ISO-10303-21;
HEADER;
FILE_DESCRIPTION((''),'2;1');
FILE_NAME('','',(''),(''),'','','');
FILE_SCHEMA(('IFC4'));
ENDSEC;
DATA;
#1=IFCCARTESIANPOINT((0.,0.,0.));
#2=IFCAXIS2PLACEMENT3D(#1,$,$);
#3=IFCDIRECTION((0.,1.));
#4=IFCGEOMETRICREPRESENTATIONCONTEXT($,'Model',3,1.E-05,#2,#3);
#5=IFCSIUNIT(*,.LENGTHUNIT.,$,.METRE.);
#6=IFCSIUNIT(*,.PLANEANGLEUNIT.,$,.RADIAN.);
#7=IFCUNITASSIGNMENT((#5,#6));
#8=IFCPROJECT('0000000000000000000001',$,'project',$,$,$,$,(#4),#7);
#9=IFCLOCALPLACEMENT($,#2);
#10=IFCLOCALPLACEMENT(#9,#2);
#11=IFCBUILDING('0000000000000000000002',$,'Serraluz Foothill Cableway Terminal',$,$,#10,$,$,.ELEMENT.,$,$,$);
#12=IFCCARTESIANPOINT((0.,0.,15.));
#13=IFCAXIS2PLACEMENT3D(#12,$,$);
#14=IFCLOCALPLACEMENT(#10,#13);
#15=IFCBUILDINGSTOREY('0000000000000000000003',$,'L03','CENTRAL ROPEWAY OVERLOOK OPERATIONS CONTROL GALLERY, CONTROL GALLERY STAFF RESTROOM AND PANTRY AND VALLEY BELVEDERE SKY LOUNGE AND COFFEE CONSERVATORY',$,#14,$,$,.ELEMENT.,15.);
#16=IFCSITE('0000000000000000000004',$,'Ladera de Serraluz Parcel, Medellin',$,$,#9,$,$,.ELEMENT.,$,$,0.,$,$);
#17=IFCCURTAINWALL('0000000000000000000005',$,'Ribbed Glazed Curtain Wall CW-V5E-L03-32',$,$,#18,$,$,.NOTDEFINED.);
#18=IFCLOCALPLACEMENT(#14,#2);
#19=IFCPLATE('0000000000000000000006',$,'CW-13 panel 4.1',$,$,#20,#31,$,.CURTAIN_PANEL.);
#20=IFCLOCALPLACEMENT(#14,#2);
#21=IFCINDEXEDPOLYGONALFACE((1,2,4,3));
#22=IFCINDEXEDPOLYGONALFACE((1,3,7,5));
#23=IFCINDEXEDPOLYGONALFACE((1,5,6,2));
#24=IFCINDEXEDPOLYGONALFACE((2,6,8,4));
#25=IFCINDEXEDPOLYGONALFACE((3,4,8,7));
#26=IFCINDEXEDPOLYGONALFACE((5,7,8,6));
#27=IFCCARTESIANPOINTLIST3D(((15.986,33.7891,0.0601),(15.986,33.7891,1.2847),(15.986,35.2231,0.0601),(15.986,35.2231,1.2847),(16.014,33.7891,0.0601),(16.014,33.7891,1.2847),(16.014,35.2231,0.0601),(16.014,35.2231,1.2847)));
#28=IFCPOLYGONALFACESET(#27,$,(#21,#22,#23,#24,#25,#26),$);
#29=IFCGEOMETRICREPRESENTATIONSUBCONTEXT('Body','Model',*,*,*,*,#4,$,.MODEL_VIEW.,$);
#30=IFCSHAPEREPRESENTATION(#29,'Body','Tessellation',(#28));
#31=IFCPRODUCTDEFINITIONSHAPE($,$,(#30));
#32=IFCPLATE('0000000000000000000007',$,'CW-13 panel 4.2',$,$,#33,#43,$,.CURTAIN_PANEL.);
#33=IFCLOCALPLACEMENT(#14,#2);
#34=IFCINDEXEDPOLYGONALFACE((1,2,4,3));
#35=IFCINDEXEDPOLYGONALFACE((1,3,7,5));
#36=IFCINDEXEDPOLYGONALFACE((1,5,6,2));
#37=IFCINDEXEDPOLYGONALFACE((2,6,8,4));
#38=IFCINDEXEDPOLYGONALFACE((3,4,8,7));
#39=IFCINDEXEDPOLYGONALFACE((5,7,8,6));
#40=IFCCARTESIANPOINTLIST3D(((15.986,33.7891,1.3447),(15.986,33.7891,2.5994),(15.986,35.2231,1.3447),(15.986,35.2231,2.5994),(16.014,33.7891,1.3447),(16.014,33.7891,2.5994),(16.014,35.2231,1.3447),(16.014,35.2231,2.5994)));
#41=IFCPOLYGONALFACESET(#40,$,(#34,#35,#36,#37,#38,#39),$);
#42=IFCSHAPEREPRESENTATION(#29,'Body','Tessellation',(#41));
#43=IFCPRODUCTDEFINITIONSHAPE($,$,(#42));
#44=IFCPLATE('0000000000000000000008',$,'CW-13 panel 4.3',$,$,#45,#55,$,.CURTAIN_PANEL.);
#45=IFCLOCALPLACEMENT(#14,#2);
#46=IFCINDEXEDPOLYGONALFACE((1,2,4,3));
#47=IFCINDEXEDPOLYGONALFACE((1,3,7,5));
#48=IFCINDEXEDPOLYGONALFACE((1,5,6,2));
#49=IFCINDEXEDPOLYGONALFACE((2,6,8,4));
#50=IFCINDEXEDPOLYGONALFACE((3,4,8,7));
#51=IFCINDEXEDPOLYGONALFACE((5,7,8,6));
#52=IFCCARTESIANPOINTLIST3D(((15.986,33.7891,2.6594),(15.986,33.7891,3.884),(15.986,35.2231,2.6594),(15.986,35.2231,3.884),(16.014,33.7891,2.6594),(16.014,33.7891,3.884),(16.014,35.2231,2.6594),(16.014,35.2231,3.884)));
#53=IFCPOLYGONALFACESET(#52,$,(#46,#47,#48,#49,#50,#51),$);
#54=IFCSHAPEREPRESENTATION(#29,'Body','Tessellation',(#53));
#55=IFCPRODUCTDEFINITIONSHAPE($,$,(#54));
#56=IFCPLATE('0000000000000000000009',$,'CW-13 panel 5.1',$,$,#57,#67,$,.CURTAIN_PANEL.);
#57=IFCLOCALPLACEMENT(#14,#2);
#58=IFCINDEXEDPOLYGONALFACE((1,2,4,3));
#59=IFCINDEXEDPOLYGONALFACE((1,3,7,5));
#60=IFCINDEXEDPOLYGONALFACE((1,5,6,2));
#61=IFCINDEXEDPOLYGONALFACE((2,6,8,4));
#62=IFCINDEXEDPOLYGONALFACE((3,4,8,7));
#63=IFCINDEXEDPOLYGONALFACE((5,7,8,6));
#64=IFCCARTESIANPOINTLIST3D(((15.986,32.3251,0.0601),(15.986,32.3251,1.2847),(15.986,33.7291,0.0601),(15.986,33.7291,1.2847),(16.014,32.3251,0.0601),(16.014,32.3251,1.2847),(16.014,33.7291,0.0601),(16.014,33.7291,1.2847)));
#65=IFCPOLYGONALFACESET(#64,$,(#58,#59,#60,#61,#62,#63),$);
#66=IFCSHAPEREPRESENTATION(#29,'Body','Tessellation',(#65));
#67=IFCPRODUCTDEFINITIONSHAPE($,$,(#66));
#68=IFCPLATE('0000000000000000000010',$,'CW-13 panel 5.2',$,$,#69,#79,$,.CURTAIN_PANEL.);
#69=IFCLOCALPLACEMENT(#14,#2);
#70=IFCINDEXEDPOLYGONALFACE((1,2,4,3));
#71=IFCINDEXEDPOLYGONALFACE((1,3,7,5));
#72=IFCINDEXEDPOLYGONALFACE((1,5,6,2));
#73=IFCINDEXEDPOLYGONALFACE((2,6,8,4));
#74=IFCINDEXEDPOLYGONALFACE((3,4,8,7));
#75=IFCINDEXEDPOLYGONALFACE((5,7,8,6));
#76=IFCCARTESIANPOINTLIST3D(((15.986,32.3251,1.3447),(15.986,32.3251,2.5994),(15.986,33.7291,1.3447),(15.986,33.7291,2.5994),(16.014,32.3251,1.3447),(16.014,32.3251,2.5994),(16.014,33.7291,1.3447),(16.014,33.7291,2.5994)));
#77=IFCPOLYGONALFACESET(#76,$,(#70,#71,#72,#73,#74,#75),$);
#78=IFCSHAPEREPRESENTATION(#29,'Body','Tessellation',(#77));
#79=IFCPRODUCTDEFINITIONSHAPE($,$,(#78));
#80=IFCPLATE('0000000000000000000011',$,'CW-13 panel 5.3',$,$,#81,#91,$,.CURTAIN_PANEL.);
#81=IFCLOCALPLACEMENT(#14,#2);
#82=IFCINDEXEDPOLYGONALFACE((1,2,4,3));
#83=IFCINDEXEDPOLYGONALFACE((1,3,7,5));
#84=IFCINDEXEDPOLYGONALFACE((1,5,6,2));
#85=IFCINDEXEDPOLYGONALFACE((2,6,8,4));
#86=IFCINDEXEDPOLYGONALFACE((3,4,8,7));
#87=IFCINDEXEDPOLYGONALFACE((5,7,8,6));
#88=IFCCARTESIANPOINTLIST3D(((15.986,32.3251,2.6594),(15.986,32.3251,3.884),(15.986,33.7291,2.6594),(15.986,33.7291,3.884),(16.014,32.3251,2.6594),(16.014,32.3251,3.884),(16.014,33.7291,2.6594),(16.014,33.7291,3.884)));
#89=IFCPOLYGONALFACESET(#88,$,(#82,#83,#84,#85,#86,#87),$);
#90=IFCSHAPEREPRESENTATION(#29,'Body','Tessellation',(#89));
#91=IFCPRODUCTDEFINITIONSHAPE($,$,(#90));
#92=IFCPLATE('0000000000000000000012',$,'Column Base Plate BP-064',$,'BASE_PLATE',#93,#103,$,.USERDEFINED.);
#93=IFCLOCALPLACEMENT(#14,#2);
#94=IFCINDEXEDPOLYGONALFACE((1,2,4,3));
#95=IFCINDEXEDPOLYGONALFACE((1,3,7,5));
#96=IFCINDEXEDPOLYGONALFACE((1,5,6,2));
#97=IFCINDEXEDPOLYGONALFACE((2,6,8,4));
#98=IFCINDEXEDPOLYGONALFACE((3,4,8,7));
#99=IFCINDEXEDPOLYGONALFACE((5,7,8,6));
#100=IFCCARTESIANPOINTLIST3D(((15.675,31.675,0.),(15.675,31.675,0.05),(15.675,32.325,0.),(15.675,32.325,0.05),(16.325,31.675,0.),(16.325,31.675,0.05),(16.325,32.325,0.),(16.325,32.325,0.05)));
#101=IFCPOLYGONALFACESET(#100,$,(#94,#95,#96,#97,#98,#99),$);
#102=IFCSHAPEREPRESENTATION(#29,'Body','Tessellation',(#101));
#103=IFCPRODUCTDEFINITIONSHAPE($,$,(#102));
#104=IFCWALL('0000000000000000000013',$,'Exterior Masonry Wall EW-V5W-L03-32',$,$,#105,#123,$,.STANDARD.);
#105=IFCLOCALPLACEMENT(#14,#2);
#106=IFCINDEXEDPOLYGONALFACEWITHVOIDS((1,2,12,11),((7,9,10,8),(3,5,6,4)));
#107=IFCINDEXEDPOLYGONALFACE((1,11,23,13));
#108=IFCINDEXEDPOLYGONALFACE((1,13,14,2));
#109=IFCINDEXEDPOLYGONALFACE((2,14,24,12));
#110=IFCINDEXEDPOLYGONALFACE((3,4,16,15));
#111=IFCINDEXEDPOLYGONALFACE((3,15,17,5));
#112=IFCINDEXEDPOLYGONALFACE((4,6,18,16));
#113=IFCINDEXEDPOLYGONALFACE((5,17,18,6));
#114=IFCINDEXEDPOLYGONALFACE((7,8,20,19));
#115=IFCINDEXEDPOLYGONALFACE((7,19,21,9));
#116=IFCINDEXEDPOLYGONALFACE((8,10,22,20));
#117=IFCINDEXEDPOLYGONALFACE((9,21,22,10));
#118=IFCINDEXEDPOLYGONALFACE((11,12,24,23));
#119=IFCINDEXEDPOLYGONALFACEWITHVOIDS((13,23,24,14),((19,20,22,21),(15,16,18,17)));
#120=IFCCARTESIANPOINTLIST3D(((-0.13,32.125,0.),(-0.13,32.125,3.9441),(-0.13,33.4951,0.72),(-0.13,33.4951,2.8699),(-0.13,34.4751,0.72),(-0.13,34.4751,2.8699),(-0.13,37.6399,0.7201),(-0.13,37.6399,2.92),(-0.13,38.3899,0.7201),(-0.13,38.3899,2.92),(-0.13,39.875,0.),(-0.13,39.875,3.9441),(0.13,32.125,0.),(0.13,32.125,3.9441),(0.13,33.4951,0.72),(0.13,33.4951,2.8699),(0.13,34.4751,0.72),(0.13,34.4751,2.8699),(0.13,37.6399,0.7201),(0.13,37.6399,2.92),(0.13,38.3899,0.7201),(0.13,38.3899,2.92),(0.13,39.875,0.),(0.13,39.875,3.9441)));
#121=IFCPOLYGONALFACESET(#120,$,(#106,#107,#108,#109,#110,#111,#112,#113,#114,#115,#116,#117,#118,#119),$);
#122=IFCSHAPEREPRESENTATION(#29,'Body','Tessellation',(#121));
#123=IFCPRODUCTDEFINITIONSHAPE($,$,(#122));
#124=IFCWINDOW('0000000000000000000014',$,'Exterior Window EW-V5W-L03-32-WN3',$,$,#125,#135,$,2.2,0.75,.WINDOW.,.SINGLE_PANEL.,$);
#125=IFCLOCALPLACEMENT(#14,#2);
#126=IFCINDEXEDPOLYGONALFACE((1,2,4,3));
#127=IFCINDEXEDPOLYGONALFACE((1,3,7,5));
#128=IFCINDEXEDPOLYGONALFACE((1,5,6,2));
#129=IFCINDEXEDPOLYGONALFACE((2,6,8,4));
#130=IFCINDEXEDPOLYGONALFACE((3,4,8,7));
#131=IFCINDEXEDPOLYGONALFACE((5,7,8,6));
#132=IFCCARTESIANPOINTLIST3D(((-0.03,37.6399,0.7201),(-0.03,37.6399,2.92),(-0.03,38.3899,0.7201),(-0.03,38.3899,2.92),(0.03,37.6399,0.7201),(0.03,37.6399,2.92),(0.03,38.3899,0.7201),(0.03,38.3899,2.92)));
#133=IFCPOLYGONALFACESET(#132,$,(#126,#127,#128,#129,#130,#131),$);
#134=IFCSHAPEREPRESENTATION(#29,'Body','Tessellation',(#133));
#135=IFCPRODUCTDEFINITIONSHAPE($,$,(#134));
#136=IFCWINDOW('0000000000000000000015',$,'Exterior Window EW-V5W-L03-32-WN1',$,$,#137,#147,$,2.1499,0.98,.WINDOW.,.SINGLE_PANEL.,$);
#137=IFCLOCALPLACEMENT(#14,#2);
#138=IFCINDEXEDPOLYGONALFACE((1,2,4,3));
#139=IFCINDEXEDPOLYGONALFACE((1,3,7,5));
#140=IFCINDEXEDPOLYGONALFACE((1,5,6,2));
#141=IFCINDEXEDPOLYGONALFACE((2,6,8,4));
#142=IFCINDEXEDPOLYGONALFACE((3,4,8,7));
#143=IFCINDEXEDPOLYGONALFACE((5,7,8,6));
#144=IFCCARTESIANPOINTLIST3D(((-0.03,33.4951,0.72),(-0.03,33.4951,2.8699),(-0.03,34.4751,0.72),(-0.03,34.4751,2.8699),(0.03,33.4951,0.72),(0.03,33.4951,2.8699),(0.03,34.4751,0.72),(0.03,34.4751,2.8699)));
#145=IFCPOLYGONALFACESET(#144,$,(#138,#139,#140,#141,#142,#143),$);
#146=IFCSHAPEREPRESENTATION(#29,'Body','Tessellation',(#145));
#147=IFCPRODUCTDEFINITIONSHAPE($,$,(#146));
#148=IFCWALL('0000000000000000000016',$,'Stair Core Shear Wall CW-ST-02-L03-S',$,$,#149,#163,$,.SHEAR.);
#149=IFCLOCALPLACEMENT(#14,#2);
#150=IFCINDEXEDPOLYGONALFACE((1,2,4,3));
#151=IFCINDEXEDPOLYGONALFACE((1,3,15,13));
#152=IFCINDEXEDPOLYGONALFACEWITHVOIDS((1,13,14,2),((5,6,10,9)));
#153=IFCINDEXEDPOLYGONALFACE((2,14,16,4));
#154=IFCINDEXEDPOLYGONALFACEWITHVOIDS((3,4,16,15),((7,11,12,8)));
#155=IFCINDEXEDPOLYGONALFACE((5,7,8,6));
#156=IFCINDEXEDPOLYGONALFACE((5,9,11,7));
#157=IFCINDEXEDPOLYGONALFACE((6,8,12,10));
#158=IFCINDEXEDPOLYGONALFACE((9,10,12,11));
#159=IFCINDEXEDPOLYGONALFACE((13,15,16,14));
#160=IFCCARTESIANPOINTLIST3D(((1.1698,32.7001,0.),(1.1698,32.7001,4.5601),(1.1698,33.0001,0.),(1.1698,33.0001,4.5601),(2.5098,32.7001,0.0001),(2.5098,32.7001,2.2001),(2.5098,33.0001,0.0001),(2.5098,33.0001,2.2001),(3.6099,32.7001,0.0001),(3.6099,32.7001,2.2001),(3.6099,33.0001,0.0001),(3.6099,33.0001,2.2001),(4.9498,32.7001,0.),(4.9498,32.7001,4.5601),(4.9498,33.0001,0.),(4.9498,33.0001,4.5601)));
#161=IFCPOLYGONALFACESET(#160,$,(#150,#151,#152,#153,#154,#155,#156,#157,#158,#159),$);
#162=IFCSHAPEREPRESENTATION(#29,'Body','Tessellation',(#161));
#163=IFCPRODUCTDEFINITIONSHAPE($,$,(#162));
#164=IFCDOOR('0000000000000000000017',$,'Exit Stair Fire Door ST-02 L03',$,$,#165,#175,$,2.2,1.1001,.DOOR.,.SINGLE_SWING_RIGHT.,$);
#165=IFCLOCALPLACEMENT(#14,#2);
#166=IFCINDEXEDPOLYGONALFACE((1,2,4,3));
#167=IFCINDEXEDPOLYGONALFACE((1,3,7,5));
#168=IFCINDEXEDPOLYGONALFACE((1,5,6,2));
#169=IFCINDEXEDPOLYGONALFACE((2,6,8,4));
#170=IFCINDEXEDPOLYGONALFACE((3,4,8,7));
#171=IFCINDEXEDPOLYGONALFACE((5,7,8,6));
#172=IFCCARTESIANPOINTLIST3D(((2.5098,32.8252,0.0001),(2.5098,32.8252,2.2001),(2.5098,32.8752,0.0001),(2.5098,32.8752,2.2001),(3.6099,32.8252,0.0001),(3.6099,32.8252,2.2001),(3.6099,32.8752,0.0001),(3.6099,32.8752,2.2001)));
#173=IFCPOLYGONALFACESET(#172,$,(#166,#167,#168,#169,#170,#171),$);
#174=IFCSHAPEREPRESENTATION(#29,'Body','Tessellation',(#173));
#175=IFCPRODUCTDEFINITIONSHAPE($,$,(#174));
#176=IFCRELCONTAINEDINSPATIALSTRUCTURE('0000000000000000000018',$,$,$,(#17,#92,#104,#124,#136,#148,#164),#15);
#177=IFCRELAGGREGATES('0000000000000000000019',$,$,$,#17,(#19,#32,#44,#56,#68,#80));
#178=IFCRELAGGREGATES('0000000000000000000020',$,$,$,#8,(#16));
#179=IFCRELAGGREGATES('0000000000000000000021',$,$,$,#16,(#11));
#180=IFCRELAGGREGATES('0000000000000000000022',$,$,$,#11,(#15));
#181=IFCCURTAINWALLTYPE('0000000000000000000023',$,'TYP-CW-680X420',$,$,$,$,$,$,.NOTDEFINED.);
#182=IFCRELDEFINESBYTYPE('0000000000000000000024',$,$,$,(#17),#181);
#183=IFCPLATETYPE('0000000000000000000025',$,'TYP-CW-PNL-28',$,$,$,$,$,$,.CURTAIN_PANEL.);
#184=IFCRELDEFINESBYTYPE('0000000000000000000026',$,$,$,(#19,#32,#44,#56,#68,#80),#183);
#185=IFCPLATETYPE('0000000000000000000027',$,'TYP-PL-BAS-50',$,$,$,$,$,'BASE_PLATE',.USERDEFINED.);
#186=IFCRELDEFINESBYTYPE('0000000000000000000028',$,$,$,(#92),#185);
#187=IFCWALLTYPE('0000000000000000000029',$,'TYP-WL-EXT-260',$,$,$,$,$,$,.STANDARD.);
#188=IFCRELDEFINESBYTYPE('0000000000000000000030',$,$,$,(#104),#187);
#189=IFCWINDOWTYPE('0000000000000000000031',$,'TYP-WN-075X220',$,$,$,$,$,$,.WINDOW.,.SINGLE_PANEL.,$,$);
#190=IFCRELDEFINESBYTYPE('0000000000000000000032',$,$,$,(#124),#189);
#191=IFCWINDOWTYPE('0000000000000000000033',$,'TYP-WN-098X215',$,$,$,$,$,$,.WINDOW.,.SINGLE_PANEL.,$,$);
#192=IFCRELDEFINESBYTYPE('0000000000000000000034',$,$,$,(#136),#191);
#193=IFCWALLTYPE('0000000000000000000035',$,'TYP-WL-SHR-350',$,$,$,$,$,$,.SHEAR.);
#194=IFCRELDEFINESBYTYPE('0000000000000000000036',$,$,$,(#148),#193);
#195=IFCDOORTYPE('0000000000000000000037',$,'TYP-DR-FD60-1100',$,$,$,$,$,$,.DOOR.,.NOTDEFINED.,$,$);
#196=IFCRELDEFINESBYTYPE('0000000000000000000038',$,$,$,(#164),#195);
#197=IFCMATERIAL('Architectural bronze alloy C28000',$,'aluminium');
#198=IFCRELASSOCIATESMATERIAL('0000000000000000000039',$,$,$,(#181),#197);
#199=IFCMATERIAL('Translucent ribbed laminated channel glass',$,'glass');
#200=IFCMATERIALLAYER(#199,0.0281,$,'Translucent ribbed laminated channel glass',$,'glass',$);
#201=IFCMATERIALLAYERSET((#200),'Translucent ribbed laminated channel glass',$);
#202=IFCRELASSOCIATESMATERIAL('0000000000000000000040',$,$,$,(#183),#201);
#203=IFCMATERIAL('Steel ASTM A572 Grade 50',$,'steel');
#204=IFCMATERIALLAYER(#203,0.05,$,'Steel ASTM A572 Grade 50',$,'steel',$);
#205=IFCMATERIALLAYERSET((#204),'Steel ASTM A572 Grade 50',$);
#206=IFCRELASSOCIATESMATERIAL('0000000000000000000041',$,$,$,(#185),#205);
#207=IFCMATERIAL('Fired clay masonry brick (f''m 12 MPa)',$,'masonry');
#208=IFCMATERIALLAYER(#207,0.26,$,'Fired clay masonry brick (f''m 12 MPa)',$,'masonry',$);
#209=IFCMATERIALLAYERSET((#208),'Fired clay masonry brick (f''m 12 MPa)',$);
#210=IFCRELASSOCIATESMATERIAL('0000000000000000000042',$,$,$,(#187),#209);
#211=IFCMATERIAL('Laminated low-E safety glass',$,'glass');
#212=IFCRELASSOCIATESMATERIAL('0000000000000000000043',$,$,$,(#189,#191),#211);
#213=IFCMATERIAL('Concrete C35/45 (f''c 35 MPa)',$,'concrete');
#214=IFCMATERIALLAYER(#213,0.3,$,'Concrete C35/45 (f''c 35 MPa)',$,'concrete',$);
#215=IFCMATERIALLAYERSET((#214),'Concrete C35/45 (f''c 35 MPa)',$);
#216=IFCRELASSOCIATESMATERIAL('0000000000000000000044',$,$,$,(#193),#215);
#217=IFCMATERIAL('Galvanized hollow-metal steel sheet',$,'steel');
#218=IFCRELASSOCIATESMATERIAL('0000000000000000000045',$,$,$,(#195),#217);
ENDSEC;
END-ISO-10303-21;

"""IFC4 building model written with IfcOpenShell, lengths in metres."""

from ifc_helpers import new_model, si_unit, direction, frame, frame_2d, origin, origin_2d, place, context, subcontext, project, spatial, rectangle, extrude, material, layer, layer_set, type_object, element, fill, aggregate, save


model = new_model("IFC4")

# Units and contexts
model_context = context("Model", 3, precision=1e-05, world=origin(), true_north=direction((0.0, 1.0)))
body_context = subcontext(model_context, "Body", "Model", "MODEL_VIEW")
ifc_project = project(units=[si_unit("LENGTHUNIT", "METRE"), si_unit("PLANEANGLEUNIT", "RADIAN")], contexts=[model_context])

# Site, building, storey
site_placement = place(None, origin())
site = spatial("IfcSite", under=ifc_project, at=site_placement, Name="Ladera de Serraluz Parcel, Medellin", CompositionType="ELEMENT", RefElevation=0.0)
building_placement = place(site_placement, origin())
building = spatial("IfcBuilding", under=site, at=building_placement, Name="Serraluz Foothill Cableway Terminal", CompositionType="ELEMENT")
storey_placement = place(building_placement, frame((0.0, 0.0, 15.0)))
storey = spatial("IfcBuildingStorey", under=building, at=storey_placement, Name="L03", Description="CENTRAL ROPEWAY OVERLOOK OPERATIONS CONTROL GALLERY, CONTROL GALLERY STAFF RESTROOM AND PANTRY AND VALLEY BELVEDERE SKY LOUNGE AND COFFEE CONSERVATORY", CompositionType="ELEMENT", Elevation=15.0)

# Shared definitions
ifc_material_1 = material(Name="Steel ASTM A572 Grade 50", Category="steel")

# Curtain wall, plates
ifc_material_2 = material(Name="Architectural bronze alloy C28000", Category="aluminium")
curtain_wall_type = type_object("IfcCurtainWallType", Name="TYP-CW-680X420", PredefinedType="NOTDEFINED", material=ifc_material_2)
curtain_wall_placement = place(storey_placement, origin())
curtain_wall = element("IfcCurtainWall", 1, at=curtain_wall_placement, inside=storey, type_object=curtain_wall_type, Name="Ribbed Glazed Curtain Wall CW-V5E-L03-32", PredefinedType="NOTDEFINED")
ifc_material_3 = material(Name="Translucent ribbed laminated channel glass", Category="glass")
ifc_layer_1 = layer(ifc_material_3, 0.0281, Name="Translucent ribbed laminated channel glass", Category="glass")
ifc_layer_set_1 = layer_set([ifc_layer_1], Name="Translucent ribbed laminated channel glass")
plate_type_1 = type_object("IfcPlateType", Name="TYP-CW-PNL-28", PredefinedType="CURTAIN_PANEL", material=ifc_layer_set_1)
plate_1_placement = place(storey_placement, frame((16.0, 34.5061, 0.0601), z_axis=(0.0, 0.0, 1.0), x_axis=(0.0, -1.0, 0.0)))
plate_1 = element("IfcPlate", 2, at=plate_1_placement, type_object=plate_type_1, Name="CW-13 panel 4.1", PredefinedType="CURTAIN_PANEL", context=body_context, shape_type="SweptSolid", body=[
    extrude(rectangle(XDim=1.4341, YDim=0.0281, at=origin_2d()), origin(), (0.0, 0.0, 1.0), 1.2246),
])
plate_2_placement = place(storey_placement, frame((16.0, 34.5061, 1.3447), z_axis=(0.0, 0.0, 1.0), x_axis=(0.0, -1.0, 0.0)))
plate_2 = element("IfcPlate", 3, at=plate_2_placement, type_object=plate_type_1, Name="CW-13 panel 4.2", PredefinedType="CURTAIN_PANEL", context=body_context, shape_type="SweptSolid", body=[
    extrude(rectangle(XDim=1.4341, YDim=0.0281, at=origin_2d()), origin(), (0.0, 0.0, 1.0), 1.2546),
])
plate_3_placement = place(storey_placement, frame((16.0, 34.5061, 2.6594), z_axis=(0.0, 0.0, 1.0), x_axis=(0.0, -1.0, 0.0)))
plate_3 = element("IfcPlate", 4, at=plate_3_placement, type_object=plate_type_1, Name="CW-13 panel 4.3", PredefinedType="CURTAIN_PANEL", context=body_context, shape_type="SweptSolid", body=[
    extrude(rectangle(XDim=1.4341, YDim=0.0281, at=origin_2d()), origin(), (0.0, 0.0, 1.0), 1.2246),
])
plate_4_placement = place(storey_placement, frame((16.0, 33.0271, 0.0601), z_axis=(0.0, 0.0, 1.0), x_axis=(0.0, -1.0, 0.0)))
plate_4 = element("IfcPlate", 5, at=plate_4_placement, type_object=plate_type_1, Name="CW-13 panel 5.1", PredefinedType="CURTAIN_PANEL", context=body_context, shape_type="SweptSolid", body=[
    extrude(rectangle(XDim=1.4041, YDim=0.0281, at=origin_2d()), origin(), (0.0, 0.0, 1.0), 1.2246),
])
plate_5_placement = place(storey_placement, frame((16.0, 33.0271, 1.3447), z_axis=(0.0, 0.0, 1.0), x_axis=(0.0, -1.0, 0.0)))
plate_5 = element("IfcPlate", 6, at=plate_5_placement, type_object=plate_type_1, Name="CW-13 panel 5.2", PredefinedType="CURTAIN_PANEL", context=body_context, shape_type="SweptSolid", body=[
    extrude(rectangle(XDim=1.4041, YDim=0.0281, at=origin_2d()), origin(), (0.0, 0.0, 1.0), 1.2546),
])
plate_6_placement = place(storey_placement, frame((16.0, 33.0271, 2.6594), z_axis=(0.0, 0.0, 1.0), x_axis=(0.0, -1.0, 0.0)))
plate_6 = element("IfcPlate", 7, at=plate_6_placement, type_object=plate_type_1, Name="CW-13 panel 5.3", PredefinedType="CURTAIN_PANEL", context=body_context, shape_type="SweptSolid", body=[
    extrude(rectangle(XDim=1.4041, YDim=0.0281, at=origin_2d()), origin(), (0.0, 0.0, 1.0), 1.2246),
])
aggregate(curtain_wall, [plate_1, plate_2, plate_3, plate_4, plate_5, plate_6])

# Plate
ifc_layer_2 = layer(ifc_material_1, 0.05, Name="Steel ASTM A572 Grade 50", Category="steel")
ifc_layer_set_2 = layer_set([ifc_layer_2], Name="Steel ASTM A572 Grade 50")
plate_type_2 = type_object("IfcPlateType", Name="TYP-PL-BAS-50", ElementType="BASE_PLATE", PredefinedType="USERDEFINED", material=ifc_layer_set_2)
plate_7_placement = place(storey_placement, frame((16.0, 32.0, 0.0), z_axis=(0.0, 0.0, 1.0), x_axis=(1.0, 0.0, 0.0)))
element("IfcPlate", 8, at=plate_7_placement, inside=storey, type_object=plate_type_2, Name="Column Base Plate BP-064", ObjectType="BASE_PLATE", PredefinedType="USERDEFINED", context=body_context, shape_type="SweptSolid", body=[
    extrude(rectangle(XDim=0.6499, YDim=0.6499, at=origin_2d()), origin(), (0.0, 0.0, 1.0), 0.05),
])

# Wall, openings, windows
ifc_material_4 = material(Name="Fired clay masonry brick (f'm 12 MPa)", Category="masonry")
ifc_layer_3 = layer(ifc_material_4, 0.26, Name="Fired clay masonry brick (f'm 12 MPa)", Category="masonry")
ifc_layer_set_3 = layer_set([ifc_layer_3], Name="Fired clay masonry brick (f'm 12 MPa)")
wall_type_1 = type_object("IfcWallType", Name="TYP-WL-EXT-260", PredefinedType="STANDARD", material=ifc_layer_set_3)
wall_1_placement = place(storey_placement, frame((0.0, 32.125, 0.0), z_axis=(0.0, 0.0, 1.0), x_axis=(0.0, 1.0, 0.0)))
wall_1 = element("IfcWall", 9, at=wall_1_placement, inside=storey, type_object=wall_type_1, Name="Exterior Masonry Wall EW-V5W-L03-32", PredefinedType="STANDARD", context=body_context, shape_type="SweptSolid", body=[
    extrude(rectangle(XDim=7.75, YDim=0.26, at=frame_2d((3.875, 0.0))), origin(), (0.0, 0.0, 1.0), 3.9441),
])
opening_1_placement = place(wall_1_placement, frame((1.3701, 0.0, 0.72)))
opening_1 = element("IfcOpeningElement", 10, at=opening_1_placement, cuts=wall_1, PredefinedType="OPENING", context=body_context, shape_type="SweptSolid", body=[
    extrude(rectangle(XDim=0.98, YDim=2.1499, at=frame_2d((0.49, 1.075))), frame((0.0, 0.1401, 0.0), z_axis=(0.0, -1.0, 0.0), x_axis=(1.0, 0.0, 0.0)), (0.0, 0.0, 1.0), 0.28),
])
opening_2_placement = place(wall_1_placement, frame((5.5149, 0.0, 0.72)))
opening_2 = element("IfcOpeningElement", 11, at=opening_2_placement, cuts=wall_1, PredefinedType="OPENING", context=body_context, shape_type="SweptSolid", body=[
    extrude(rectangle(XDim=0.75, YDim=2.2, at=frame_2d((0.375, 1.1001))), frame((0.0, 0.1401, 0.0), z_axis=(0.0, -1.0, 0.0), x_axis=(1.0, 0.0, 0.0)), (0.0, 0.0, 1.0), 0.28),
])
ifc_material_5 = material(Name="Laminated low-E safety glass", Category="glass")
window_type_1 = type_object("IfcWindowType", Name="TYP-WN-075X220", PartitioningType="SINGLE_PANEL", PredefinedType="WINDOW", material=ifc_material_5)
window_1_placement = place(opening_2_placement, origin())
window_1 = element("IfcWindow", 12, at=window_1_placement, inside=storey, type_object=window_type_1, Name="Exterior Window EW-V5W-L03-32-WN3", OverallHeight=2.2, OverallWidth=0.75, PartitioningType="SINGLE_PANEL", PredefinedType="WINDOW", context=body_context, shape_type="SweptSolid", body=[
    extrude(rectangle(XDim=0.75, YDim=2.2, at=frame_2d((0.375, 1.1001))), frame((0.0, 0.03, 0.0), z_axis=(0.0, -1.0, 0.0), x_axis=(1.0, 0.0, 0.0)), (0.0, 0.0, 1.0), 0.0601),
])
fill(opening_2, window_1)
window_type_2 = type_object("IfcWindowType", Name="TYP-WN-098X215", PartitioningType="SINGLE_PANEL", PredefinedType="WINDOW", material=ifc_material_5)
window_2_placement = place(opening_1_placement, origin())
window_2 = element("IfcWindow", 13, at=window_2_placement, inside=storey, type_object=window_type_2, Name="Exterior Window EW-V5W-L03-32-WN1", OverallHeight=2.1499, OverallWidth=0.98, PartitioningType="SINGLE_PANEL", PredefinedType="WINDOW", context=body_context, shape_type="SweptSolid", body=[
    extrude(rectangle(XDim=0.98, YDim=2.1499, at=frame_2d((0.49, 1.075))), frame((0.0, 0.03, 0.0), z_axis=(0.0, -1.0, 0.0), x_axis=(1.0, 0.0, 0.0)), (0.0, 0.0, 1.0), 0.0601),
])
fill(opening_1, window_2)

# Wall, opening, door
ifc_material_6 = material(Name="Concrete C35/45 (f'c 35 MPa)", Category="concrete")
ifc_layer_4 = layer(ifc_material_6, 0.3, Name="Concrete C35/45 (f'c 35 MPa)", Category="concrete")
ifc_layer_set_4 = layer_set([ifc_layer_4], Name="Concrete C35/45 (f'c 35 MPa)")
wall_type_2 = type_object("IfcWallType", Name="TYP-WL-SHR-350", PredefinedType="SHEAR", material=ifc_layer_set_4)
wall_2_placement = place(storey_placement, frame((4.95, 32.8501, 0.0), z_axis=(0.0, 0.0, 1.0), x_axis=(-1.0, 0.0, 0.0)))
wall_2 = element("IfcWall", 14, at=wall_2_placement, inside=storey, type_object=wall_type_2, Name="Stair Core Shear Wall CW-ST-02-L03-S", PredefinedType="SHEAR", context=body_context, shape_type="SweptSolid", body=[
    extrude(rectangle(XDim=3.78, YDim=0.3, at=frame_2d((1.8901, 0.0))), origin(), (0.0, 0.0, 1.0), 4.5601),
])
opening_3_placement = place(wall_2_placement, frame((1.3401, 0.0, 0.0)))
opening_3 = element("IfcOpeningElement", 15, at=opening_3_placement, cuts=wall_2, PredefinedType="OPENING", context=body_context, shape_type="SweptSolid", body=[
    extrude(rectangle(XDim=1.1001, YDim=2.2, at=frame_2d((0.55, 1.1001))), frame((0.0, 0.1602, 0.0), z_axis=(0.0, -1.0, 0.0), x_axis=(1.0, 0.0, 0.0)), (0.0, 0.0, 1.0), 0.3201),
])
ifc_material_7 = material(Name="Galvanized hollow-metal steel sheet", Category="steel")
door_type = type_object("IfcDoorType", Name="TYP-DR-FD60-1100", OperationType="NOTDEFINED", PredefinedType="DOOR", material=ifc_material_7)
door_placement = place(opening_3_placement, origin())
door = element("IfcDoor", 16, at=door_placement, inside=storey, type_object=door_type, Name="Exit Stair Fire Door ST-02 L03", OperationType="SINGLE_SWING_RIGHT", OverallHeight=2.2, OverallWidth=1.1001, PredefinedType="DOOR", context=body_context, shape_type="SweptSolid", body=[
    extrude(rectangle(XDim=1.1001, YDim=2.2, at=frame_2d((0.55, 1.1001))), frame((0.0, 0.0249, 0.0), z_axis=(0.0, -1.0, 0.0), x_axis=(1.0, 0.0, 0.0)), (0.0, 0.0, 1.0), 0.05),
])
fill(opening_3, door)

save(model, "model.ifc")
